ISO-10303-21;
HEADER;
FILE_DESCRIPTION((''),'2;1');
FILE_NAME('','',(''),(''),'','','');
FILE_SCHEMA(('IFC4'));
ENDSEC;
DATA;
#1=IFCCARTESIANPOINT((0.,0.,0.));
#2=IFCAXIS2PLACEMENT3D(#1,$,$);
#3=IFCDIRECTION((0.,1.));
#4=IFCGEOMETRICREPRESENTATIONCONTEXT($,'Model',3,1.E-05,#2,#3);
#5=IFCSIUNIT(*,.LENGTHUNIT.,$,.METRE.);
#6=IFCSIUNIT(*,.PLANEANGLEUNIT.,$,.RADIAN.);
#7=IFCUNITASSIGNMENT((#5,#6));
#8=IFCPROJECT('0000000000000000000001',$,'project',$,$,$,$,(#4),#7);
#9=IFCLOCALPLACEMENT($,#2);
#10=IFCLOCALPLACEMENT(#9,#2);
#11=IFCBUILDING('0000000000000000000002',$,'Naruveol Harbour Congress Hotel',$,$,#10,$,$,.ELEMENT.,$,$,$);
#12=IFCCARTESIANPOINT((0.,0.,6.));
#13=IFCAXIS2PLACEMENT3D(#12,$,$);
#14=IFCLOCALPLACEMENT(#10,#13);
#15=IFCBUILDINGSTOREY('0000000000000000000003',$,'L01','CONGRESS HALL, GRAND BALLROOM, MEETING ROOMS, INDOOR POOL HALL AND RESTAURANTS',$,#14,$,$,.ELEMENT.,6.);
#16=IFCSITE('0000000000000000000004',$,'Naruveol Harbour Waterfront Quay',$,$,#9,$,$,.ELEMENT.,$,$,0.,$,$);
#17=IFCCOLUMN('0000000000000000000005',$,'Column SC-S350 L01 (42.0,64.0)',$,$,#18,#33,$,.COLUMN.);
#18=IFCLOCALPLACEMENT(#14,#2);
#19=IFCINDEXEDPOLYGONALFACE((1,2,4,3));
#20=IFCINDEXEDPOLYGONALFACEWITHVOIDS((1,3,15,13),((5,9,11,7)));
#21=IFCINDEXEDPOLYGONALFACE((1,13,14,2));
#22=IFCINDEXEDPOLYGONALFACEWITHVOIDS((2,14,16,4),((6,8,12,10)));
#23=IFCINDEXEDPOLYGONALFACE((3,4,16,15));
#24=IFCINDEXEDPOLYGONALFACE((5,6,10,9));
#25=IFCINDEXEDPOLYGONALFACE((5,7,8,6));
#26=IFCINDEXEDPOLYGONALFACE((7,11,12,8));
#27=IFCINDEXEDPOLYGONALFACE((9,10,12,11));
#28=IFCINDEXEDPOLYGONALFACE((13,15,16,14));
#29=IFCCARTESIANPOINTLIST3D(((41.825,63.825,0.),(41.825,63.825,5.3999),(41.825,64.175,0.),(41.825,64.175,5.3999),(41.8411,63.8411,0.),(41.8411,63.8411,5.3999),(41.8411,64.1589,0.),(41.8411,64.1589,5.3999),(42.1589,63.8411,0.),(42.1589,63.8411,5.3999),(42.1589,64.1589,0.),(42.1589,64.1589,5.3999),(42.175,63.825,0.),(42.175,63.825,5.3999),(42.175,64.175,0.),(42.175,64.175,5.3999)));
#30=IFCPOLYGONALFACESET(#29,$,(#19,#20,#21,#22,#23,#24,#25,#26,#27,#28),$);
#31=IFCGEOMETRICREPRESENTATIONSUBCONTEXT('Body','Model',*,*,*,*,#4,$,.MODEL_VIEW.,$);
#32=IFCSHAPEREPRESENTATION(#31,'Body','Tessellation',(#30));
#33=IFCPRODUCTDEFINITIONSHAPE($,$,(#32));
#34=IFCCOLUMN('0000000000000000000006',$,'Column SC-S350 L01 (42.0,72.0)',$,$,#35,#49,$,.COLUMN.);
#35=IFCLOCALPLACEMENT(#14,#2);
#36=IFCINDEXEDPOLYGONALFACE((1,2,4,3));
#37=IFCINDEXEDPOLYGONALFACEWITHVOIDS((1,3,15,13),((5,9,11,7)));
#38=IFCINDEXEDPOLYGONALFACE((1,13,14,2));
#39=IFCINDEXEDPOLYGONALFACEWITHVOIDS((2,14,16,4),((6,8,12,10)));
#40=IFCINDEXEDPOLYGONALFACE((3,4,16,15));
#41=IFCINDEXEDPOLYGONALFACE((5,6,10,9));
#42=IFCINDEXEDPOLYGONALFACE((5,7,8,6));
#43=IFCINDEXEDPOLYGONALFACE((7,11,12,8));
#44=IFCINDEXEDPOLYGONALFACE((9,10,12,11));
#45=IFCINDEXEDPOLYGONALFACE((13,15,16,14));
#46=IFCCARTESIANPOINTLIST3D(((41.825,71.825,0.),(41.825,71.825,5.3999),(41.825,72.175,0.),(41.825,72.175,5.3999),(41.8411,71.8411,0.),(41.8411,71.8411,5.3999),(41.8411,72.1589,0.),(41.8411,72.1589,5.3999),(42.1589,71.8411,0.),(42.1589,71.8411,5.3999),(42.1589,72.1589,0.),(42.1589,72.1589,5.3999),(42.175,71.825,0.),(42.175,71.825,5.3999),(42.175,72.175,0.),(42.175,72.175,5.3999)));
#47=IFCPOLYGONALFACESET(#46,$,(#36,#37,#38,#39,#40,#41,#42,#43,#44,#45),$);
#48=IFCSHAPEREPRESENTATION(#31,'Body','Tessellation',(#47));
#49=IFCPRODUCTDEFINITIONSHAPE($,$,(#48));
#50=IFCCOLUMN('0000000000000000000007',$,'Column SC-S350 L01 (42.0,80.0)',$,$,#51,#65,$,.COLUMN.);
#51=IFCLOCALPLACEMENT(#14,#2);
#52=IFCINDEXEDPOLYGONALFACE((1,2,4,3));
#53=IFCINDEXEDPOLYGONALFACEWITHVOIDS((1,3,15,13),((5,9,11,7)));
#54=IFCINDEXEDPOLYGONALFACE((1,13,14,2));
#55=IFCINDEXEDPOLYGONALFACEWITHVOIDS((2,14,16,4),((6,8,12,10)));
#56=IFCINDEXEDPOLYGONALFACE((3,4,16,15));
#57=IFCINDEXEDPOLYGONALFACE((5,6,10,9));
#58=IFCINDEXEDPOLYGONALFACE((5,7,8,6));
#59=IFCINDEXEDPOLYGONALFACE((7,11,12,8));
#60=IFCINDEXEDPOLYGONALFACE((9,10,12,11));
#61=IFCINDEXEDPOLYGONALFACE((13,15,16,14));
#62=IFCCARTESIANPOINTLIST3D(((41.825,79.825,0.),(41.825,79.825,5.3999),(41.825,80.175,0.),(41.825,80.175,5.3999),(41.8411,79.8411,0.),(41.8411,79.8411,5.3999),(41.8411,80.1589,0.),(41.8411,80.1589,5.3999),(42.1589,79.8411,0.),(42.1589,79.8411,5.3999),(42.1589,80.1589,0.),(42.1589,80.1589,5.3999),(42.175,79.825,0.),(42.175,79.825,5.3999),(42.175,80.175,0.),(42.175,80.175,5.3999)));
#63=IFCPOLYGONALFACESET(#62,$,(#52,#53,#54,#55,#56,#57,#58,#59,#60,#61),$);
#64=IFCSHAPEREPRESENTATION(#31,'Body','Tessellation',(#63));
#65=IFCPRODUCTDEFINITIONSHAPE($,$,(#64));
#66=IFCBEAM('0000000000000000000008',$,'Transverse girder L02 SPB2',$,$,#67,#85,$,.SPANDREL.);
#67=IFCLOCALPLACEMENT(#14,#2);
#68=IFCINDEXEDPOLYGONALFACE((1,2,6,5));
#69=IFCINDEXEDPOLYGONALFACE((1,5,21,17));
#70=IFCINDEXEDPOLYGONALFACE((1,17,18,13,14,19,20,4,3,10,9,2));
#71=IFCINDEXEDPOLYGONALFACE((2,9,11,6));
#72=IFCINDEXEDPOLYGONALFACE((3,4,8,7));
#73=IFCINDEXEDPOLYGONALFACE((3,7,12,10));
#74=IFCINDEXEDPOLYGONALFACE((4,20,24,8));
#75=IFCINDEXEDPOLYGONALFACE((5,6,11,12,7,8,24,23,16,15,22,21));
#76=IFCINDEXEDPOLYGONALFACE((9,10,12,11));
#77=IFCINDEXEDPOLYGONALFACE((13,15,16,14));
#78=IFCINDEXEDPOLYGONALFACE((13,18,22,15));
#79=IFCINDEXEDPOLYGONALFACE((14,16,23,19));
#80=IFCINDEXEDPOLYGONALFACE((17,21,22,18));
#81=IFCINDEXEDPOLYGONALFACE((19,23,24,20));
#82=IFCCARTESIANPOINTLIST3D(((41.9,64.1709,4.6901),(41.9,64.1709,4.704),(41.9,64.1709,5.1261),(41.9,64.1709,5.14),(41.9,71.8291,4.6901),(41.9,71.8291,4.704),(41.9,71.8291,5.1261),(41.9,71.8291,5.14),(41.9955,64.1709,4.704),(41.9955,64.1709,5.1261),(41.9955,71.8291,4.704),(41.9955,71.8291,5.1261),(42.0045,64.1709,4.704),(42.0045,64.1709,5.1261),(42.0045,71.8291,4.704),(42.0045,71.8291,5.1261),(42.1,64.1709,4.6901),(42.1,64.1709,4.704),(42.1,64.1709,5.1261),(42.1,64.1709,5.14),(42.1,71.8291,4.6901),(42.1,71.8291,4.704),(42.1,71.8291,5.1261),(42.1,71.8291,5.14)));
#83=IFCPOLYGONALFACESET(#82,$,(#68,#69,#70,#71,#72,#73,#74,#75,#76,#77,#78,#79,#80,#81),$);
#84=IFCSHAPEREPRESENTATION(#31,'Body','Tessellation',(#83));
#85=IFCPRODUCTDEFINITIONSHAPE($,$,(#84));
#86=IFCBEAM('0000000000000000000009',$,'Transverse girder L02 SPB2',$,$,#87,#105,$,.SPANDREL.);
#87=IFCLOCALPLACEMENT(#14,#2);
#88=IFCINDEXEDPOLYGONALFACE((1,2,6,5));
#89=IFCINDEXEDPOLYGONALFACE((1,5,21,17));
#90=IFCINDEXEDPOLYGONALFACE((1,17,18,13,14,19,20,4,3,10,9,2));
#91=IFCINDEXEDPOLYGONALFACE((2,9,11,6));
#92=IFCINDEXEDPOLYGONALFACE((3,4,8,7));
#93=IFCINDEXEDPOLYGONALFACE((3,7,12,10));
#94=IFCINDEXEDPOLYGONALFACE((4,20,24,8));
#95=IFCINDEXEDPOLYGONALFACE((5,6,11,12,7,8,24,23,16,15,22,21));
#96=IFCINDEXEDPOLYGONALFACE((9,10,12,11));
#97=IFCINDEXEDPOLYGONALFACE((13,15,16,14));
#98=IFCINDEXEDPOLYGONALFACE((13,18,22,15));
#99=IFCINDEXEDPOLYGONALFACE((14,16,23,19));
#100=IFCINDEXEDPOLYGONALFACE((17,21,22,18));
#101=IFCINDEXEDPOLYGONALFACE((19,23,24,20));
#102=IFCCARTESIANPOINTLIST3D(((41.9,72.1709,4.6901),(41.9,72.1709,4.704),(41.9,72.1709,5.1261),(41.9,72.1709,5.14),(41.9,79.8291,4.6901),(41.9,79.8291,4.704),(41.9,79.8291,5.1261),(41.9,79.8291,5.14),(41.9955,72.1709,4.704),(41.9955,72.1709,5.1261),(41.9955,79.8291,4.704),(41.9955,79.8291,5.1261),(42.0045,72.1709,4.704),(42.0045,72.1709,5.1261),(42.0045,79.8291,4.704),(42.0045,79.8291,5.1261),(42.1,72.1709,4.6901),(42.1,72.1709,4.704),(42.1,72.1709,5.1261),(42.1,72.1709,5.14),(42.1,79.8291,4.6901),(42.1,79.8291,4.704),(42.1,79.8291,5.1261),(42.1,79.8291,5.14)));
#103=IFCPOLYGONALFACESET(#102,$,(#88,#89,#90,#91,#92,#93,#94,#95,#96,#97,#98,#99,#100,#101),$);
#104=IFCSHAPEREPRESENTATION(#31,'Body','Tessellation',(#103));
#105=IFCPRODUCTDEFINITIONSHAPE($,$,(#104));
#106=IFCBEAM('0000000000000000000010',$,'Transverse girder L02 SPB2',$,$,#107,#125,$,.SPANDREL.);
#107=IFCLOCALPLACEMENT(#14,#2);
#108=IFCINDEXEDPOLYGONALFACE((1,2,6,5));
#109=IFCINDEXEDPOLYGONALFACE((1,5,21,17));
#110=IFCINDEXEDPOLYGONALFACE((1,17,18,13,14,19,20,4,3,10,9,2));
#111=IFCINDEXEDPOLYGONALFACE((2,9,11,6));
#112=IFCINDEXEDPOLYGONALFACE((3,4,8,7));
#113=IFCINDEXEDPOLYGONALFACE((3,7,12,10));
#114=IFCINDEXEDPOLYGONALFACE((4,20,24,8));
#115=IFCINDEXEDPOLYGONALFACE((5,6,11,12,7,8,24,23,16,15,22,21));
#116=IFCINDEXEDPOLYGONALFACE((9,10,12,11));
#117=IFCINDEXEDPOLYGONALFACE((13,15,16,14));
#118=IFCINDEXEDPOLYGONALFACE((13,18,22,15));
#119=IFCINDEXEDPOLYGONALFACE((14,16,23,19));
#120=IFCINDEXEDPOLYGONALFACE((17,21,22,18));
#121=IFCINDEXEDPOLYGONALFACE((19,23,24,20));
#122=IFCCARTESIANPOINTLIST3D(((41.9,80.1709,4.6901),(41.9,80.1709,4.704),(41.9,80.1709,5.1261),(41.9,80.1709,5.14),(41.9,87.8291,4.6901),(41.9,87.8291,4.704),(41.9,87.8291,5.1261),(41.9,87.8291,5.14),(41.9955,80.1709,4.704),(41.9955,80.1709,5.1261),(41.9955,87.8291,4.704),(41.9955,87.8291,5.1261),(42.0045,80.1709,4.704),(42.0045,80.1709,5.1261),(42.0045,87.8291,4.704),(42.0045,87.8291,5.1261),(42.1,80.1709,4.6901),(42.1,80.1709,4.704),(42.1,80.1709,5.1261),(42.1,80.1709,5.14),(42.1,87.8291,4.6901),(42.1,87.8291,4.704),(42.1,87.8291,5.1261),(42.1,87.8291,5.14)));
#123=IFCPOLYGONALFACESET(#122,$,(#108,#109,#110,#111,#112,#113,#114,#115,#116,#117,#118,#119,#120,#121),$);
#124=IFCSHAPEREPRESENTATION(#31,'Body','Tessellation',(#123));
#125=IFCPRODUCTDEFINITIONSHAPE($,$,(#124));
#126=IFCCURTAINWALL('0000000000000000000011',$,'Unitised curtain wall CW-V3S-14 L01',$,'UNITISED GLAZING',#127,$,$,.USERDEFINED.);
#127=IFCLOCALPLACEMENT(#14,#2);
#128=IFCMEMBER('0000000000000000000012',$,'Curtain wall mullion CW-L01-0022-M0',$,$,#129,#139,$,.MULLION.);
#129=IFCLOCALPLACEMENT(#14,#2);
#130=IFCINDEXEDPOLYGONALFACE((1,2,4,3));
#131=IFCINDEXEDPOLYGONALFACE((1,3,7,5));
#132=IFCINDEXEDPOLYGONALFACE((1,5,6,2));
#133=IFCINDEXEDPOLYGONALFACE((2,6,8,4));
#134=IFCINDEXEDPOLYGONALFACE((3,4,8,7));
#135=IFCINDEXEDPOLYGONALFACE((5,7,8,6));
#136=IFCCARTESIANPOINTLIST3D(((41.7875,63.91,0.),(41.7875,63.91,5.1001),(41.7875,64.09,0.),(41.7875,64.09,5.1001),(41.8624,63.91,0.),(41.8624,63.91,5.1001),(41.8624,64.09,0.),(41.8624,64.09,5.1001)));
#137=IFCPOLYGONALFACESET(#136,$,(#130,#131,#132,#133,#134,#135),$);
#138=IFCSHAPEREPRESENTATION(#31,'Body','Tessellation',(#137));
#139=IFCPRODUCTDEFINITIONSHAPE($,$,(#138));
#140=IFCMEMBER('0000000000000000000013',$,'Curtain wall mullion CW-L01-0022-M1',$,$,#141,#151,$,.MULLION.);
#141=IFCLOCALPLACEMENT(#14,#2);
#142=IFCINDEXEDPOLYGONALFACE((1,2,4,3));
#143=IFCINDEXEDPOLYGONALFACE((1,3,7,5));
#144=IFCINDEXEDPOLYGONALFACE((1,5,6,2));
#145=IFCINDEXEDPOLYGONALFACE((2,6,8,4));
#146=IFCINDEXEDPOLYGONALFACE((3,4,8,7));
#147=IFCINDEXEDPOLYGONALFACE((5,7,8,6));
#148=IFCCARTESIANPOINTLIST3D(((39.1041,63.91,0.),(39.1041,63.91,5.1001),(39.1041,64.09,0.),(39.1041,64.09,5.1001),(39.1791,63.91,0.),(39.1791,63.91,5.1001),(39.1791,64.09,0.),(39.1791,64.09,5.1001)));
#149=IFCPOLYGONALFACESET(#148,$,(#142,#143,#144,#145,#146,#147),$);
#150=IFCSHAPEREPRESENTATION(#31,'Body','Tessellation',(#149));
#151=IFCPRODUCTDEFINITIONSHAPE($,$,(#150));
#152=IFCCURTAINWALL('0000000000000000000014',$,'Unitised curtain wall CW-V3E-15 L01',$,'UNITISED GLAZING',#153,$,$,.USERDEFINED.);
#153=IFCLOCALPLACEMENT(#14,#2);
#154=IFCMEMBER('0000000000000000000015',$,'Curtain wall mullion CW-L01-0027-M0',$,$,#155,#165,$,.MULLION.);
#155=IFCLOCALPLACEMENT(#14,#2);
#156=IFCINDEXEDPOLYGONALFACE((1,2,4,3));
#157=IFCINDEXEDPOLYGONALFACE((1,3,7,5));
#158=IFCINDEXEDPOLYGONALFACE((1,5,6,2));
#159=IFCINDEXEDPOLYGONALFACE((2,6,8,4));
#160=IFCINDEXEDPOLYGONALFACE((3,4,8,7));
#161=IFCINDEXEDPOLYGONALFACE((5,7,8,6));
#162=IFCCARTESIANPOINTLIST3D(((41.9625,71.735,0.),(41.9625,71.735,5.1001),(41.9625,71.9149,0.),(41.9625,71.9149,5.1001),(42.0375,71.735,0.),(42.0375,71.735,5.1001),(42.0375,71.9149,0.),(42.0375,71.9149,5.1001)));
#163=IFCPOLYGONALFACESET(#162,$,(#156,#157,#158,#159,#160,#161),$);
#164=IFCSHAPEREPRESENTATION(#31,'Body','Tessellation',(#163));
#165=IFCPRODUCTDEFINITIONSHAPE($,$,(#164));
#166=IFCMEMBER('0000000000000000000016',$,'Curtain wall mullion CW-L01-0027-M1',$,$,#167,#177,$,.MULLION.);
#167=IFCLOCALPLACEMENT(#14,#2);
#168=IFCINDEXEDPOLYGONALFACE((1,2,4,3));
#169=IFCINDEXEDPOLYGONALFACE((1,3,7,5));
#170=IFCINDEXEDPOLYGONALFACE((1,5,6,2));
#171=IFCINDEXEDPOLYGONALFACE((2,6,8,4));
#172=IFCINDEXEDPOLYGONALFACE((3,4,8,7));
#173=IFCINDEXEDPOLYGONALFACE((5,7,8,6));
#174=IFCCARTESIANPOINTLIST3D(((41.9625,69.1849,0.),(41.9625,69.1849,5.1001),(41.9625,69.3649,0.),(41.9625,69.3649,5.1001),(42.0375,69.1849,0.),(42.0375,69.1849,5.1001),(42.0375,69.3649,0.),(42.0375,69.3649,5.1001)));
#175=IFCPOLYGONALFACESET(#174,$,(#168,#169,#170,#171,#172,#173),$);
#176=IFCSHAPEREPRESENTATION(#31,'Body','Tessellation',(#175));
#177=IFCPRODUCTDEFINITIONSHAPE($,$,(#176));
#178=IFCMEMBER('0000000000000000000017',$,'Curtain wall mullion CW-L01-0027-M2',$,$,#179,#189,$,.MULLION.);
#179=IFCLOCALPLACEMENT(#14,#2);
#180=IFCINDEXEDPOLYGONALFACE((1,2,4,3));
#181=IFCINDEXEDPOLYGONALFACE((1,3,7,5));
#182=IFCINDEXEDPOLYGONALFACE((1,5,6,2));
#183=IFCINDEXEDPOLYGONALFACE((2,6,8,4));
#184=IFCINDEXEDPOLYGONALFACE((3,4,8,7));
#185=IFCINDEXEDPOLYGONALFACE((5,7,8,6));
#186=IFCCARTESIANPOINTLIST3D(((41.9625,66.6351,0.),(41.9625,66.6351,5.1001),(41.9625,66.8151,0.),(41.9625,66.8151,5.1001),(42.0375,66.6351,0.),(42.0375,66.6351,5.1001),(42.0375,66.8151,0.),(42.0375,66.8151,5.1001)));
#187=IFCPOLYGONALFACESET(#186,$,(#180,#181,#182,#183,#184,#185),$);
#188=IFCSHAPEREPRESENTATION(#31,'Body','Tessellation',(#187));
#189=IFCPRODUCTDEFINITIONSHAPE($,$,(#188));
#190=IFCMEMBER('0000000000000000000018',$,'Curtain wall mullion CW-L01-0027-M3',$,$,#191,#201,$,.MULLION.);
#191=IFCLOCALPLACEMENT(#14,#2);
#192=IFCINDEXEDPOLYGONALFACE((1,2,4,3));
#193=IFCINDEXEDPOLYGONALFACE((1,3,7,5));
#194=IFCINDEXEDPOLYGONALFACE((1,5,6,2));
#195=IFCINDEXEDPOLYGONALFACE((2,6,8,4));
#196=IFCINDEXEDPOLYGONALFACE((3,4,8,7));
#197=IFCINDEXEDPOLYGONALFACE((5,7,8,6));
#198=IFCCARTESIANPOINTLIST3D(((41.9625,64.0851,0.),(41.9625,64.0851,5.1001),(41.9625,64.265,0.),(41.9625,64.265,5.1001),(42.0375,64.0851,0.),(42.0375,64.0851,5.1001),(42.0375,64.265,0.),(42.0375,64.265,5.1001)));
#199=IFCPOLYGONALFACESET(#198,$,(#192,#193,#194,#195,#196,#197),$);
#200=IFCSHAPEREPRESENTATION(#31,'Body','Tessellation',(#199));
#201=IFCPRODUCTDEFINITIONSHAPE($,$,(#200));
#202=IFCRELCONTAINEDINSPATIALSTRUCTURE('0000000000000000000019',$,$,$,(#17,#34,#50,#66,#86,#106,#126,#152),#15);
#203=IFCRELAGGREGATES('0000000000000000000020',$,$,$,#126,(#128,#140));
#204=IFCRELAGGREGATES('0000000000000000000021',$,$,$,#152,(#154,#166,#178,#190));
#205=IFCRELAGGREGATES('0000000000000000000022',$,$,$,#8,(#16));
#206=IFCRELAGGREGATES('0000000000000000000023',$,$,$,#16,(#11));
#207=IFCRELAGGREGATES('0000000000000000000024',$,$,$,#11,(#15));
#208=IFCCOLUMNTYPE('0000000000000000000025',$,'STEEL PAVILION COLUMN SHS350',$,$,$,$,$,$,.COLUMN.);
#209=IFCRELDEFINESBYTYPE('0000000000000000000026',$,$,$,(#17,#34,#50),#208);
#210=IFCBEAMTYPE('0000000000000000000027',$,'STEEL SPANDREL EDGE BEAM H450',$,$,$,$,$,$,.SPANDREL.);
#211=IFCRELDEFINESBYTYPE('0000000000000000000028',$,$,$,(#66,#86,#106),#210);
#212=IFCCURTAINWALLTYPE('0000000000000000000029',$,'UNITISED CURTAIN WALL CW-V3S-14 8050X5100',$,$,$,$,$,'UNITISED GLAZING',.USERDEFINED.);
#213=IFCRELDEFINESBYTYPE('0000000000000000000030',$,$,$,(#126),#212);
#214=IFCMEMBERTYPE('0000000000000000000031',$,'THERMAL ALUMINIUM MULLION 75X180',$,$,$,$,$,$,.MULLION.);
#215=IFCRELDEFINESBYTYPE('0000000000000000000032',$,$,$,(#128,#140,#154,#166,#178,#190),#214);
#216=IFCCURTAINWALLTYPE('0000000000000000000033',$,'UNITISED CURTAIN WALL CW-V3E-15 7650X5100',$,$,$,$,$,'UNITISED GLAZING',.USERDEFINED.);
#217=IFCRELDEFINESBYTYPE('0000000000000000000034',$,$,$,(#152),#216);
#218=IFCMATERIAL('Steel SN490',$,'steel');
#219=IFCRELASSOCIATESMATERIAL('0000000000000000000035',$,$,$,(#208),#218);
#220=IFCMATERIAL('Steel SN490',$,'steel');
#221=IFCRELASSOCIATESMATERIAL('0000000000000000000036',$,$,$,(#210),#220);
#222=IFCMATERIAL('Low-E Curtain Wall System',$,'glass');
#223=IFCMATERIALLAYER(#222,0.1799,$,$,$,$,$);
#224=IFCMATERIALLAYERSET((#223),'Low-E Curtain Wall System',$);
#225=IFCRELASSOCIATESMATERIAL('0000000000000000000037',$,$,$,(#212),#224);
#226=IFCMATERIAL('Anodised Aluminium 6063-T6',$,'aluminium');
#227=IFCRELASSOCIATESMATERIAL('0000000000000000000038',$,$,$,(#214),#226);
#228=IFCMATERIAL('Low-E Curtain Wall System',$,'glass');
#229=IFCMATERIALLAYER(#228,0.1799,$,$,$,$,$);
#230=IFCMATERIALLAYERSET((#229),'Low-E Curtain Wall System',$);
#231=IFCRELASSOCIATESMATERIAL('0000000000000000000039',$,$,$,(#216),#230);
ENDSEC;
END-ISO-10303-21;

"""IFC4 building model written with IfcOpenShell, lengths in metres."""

from ifc_helpers import new_model, si_unit, direction, frame, origin, origin_2d, place, context, subcontext, project, spatial, rectangle, hollow_rectangle, i_section, extrude, material, layer, layer_set, material_profile, profile_set, type_object, element, aggregate, save


model = new_model("IFC4")

# Units and contexts
model_context = context("Model", 3, precision=1e-05, world=origin(), true_north=direction((0.0, 1.0)))
body_context = subcontext(model_context, "Body", "Model", "MODEL_VIEW")
ifc_project = project(units=[si_unit("LENGTHUNIT", "METRE"), si_unit("PLANEANGLEUNIT", "RADIAN")], contexts=[model_context])

# Site, building, storey
site_placement = place(None, origin())
site = spatial("IfcSite", under=ifc_project, at=site_placement, Name="Naruveol Harbour Waterfront Quay", CompositionType="ELEMENT", RefElevation=0.0)
building_placement = place(site_placement, origin())
building = spatial("IfcBuilding", under=site, at=building_placement, Name="Naruveol Harbour Congress Hotel", CompositionType="ELEMENT")
storey_placement = place(building_placement, frame((0.0, 0.0, 6.0)))
storey = spatial("IfcBuildingStorey", under=building, at=storey_placement, Name="L01", Description="CONGRESS HALL, GRAND BALLROOM, MEETING ROOMS, INDOOR POOL HALL AND RESTAURANTS", CompositionType="ELEMENT", Elevation=6.0)

# Columns
ifc_material_1 = material(Name="Steel SN490", Category="steel")
ifc_material_profile_1 = material_profile(ifc_material_1, hollow_rectangle(XDim=0.3501, YDim=0.3501, WallThickness=0.0161, at=origin_2d()), Name="SHS-350x350x16")
ifc_profile_set_1 = profile_set([ifc_material_profile_1], Name="Steel SN490")
column_type = type_object("IfcColumnType", Name="STEEL PAVILION COLUMN SHS350", PredefinedType="COLUMN", material=ifc_profile_set_1)
for number, where, z_axis, x_axis, name in (
    (1, (42.0, 64.0, 0.0), (0.0, 0.0, 1.0), (1.0, 0.0, 0.0), "Column SC-S350 L01 (42.0,64.0)"),
    (2, (42.0, 72.0, 0.0), (0.0, 0.0, 1.0), (1.0, 0.0, 0.0), "Column SC-S350 L01 (42.0,72.0)"),
    (3, (42.0, 80.0, 0.0), (0.0, 0.0, 1.0), (1.0, 0.0, 0.0), "Column SC-S350 L01 (42.0,80.0)"),
):
    element("IfcColumn", number, at=place(storey_placement, frame(where, z_axis=z_axis, x_axis=x_axis)), inside=storey, type_object=column_type, Name=name, PredefinedType="COLUMN", context=body_context, shape_type="SweptSolid", body=[
        extrude(hollow_rectangle(XDim=0.3501, YDim=0.3501, WallThickness=0.0161, at=origin_2d()), origin(), (0.0, 0.0, 1.0), 5.3999),
    ])

# Beams
ifc_material_2 = material(Name="Steel SN490", Category="steel")
ifc_material_profile_2 = material_profile(ifc_material_2, i_section(OverallWidth=0.2, OverallDepth=0.45, WebThickness=0.009, FlangeThickness=0.0139, at=origin_2d()), Name="H-450x200x9x14")
ifc_profile_set_2 = profile_set([ifc_material_profile_2], Name="Steel SN490")
beam_type = type_object("IfcBeamType", Name="STEEL SPANDREL EDGE BEAM H450", PredefinedType="SPANDREL", material=ifc_profile_set_2)
for number, where, z_axis, x_axis, name in (
    (4, (42.0, 64.1709, 4.915), (0.0, 1.0, 0.0), (-1.0, 0.0, 0.0), "Transverse girder L02 SPB2"),
    (5, (42.0, 72.1709, 4.915), (0.0, 1.0, 0.0), (-1.0, 0.0, 0.0), "Transverse girder L02 SPB2"),
    (6, (42.0, 80.1709, 4.915), (0.0, 1.0, 0.0), (-1.0, 0.0, 0.0), "Transverse girder L02 SPB2"),
):
    element("IfcBeam", number, at=place(storey_placement, frame(where, z_axis=z_axis, x_axis=x_axis)), inside=storey, type_object=beam_type, Name=name, PredefinedType="SPANDREL", context=body_context, shape_type="SweptSolid", body=[
        extrude(i_section(OverallWidth=0.2, OverallDepth=0.45, WebThickness=0.009, FlangeThickness=0.0139, at=origin_2d()), origin(), (0.0, 0.0, 1.0), 7.6582),
    ])

# Curtain walls, members
ifc_material_3 = material(Name="Low-E Curtain Wall System", Category="glass")
ifc_layer_1 = layer(ifc_material_3, 0.1799)
ifc_layer_set_1 = layer_set([ifc_layer_1], Name="Low-E Curtain Wall System")
curtain_wall_type_1 = type_object("IfcCurtainWallType", Name="UNITISED CURTAIN WALL CW-V3S-14 8050X5100", ElementType="UNITISED GLAZING", PredefinedType="USERDEFINED", material=ifc_layer_set_1)
curtain_wall_1_placement = place(storey_placement, origin())
curtain_wall_1 = element("IfcCurtainWall", 7, at=curtain_wall_1_placement, inside=storey, type_object=curtain_wall_type_1, Name="Unitised curtain wall CW-V3S-14 L01", ObjectType="UNITISED GLAZING", PredefinedType="USERDEFINED")
ifc_material_4 = material(Name="Anodised Aluminium 6063-T6", Category="aluminium")
ifc_material_profile_3 = material_profile(ifc_material_4, rectangle(XDim=0.075, YDim=0.1799, at=origin_2d()), Name="ALU-75x180")
ifc_profile_set_3 = profile_set([ifc_material_profile_3], Name="Anodised Aluminium 6063-T6")
member_type_1 = type_object("IfcMemberType", Name="THERMAL ALUMINIUM MULLION 75X180", PredefinedType="MULLION", material=ifc_profile_set_3)
member_1_placement = place(storey_placement, frame((41.825, 64.0, 0.0), z_axis=(0.0, 0.0, 1.0), x_axis=(1.0, 0.0, 0.0)))
member_1 = element("IfcMember", 8, at=member_1_placement, type_object=member_type_1, Name="Curtain wall mullion CW-L01-0022-M0", PredefinedType="MULLION", context=body_context, shape_type="SweptSolid", body=[
    extrude(rectangle(XDim=0.075, YDim=0.1799, at=origin_2d()), origin(), (0.0, 0.0, 1.0), 5.1001),
])
member_2_placement = place(storey_placement, frame((39.1416, 64.0, 0.0), z_axis=(0.0, 0.0, 1.0), x_axis=(1.0, 0.0, 0.0)))
member_2 = element("IfcMember", 9, at=member_2_placement, type_object=member_type_1, Name="Curtain wall mullion CW-L01-0022-M1", PredefinedType="MULLION", context=body_context, shape_type="SweptSolid", body=[
    extrude(rectangle(XDim=0.075, YDim=0.1799, at=origin_2d()), origin(), (0.0, 0.0, 1.0), 5.1001),
])
ifc_material_5 = material(Name="Low-E Curtain Wall System", Category="glass")
ifc_layer_2 = layer(ifc_material_5, 0.1799)
ifc_layer_set_2 = layer_set([ifc_layer_2], Name="Low-E Curtain Wall System")
curtain_wall_type_2 = type_object("IfcCurtainWallType", Name="UNITISED CURTAIN WALL CW-V3E-15 7650X5100", ElementType="UNITISED GLAZING", PredefinedType="USERDEFINED", material=ifc_layer_set_2)
curtain_wall_2_placement = place(storey_placement, origin())
curtain_wall_2 = element("IfcCurtainWall", 10, at=curtain_wall_2_placement, inside=storey, type_object=curtain_wall_type_2, Name="Unitised curtain wall CW-V3E-15 L01", ObjectType="UNITISED GLAZING", PredefinedType="USERDEFINED")
member_3_placement = place(storey_placement, frame((42.0, 71.825, 0.0), z_axis=(0.0, 0.0, 1.0), x_axis=(1.0, 0.0, 0.0)))
member_3 = element("IfcMember", 11, at=member_3_placement, type_object=member_type_1, Name="Curtain wall mullion CW-L01-0027-M0", PredefinedType="MULLION", context=body_context, shape_type="SweptSolid", body=[
    extrude(rectangle(XDim=0.075, YDim=0.1799, at=origin_2d()), origin(), (0.0, 0.0, 1.0), 5.1001),
])
member_4_placement = place(storey_placement, frame((42.0, 69.2749, 0.0), z_axis=(0.0, 0.0, 1.0), x_axis=(1.0, 0.0, 0.0)))
member_4 = element("IfcMember", 12, at=member_4_placement, type_object=member_type_1, Name="Curtain wall mullion CW-L01-0027-M1", PredefinedType="MULLION", context=body_context, shape_type="SweptSolid", body=[
    extrude(rectangle(XDim=0.075, YDim=0.1799, at=origin_2d()), origin(), (0.0, 0.0, 1.0), 5.1001),
])
member_5_placement = place(storey_placement, frame((42.0, 66.7251, 0.0), z_axis=(0.0, 0.0, 1.0), x_axis=(1.0, 0.0, 0.0)))
member_5 = element("IfcMember", 13, at=member_5_placement, type_object=member_type_1, Name="Curtain wall mullion CW-L01-0027-M2", PredefinedType="MULLION", context=body_context, shape_type="SweptSolid", body=[
    extrude(rectangle(XDim=0.075, YDim=0.1799, at=origin_2d()), origin(), (0.0, 0.0, 1.0), 5.1001),
])
member_6_placement = place(storey_placement, frame((42.0, 64.175, 0.0), z_axis=(0.0, 0.0, 1.0), x_axis=(1.0, 0.0, 0.0)))
member_6 = element("IfcMember", 14, at=member_6_placement, type_object=member_type_1, Name="Curtain wall mullion CW-L01-0027-M3", PredefinedType="MULLION", context=body_context, shape_type="SweptSolid", body=[
    extrude(rectangle(XDim=0.075, YDim=0.1799, at=origin_2d()), origin(), (0.0, 0.0, 1.0), 5.1001),
])

aggregate(curtain_wall_1, [member_1, member_2])
aggregate(curtain_wall_2, [member_3, member_4, member_5, member_6])

save(model, "model.ifc")
